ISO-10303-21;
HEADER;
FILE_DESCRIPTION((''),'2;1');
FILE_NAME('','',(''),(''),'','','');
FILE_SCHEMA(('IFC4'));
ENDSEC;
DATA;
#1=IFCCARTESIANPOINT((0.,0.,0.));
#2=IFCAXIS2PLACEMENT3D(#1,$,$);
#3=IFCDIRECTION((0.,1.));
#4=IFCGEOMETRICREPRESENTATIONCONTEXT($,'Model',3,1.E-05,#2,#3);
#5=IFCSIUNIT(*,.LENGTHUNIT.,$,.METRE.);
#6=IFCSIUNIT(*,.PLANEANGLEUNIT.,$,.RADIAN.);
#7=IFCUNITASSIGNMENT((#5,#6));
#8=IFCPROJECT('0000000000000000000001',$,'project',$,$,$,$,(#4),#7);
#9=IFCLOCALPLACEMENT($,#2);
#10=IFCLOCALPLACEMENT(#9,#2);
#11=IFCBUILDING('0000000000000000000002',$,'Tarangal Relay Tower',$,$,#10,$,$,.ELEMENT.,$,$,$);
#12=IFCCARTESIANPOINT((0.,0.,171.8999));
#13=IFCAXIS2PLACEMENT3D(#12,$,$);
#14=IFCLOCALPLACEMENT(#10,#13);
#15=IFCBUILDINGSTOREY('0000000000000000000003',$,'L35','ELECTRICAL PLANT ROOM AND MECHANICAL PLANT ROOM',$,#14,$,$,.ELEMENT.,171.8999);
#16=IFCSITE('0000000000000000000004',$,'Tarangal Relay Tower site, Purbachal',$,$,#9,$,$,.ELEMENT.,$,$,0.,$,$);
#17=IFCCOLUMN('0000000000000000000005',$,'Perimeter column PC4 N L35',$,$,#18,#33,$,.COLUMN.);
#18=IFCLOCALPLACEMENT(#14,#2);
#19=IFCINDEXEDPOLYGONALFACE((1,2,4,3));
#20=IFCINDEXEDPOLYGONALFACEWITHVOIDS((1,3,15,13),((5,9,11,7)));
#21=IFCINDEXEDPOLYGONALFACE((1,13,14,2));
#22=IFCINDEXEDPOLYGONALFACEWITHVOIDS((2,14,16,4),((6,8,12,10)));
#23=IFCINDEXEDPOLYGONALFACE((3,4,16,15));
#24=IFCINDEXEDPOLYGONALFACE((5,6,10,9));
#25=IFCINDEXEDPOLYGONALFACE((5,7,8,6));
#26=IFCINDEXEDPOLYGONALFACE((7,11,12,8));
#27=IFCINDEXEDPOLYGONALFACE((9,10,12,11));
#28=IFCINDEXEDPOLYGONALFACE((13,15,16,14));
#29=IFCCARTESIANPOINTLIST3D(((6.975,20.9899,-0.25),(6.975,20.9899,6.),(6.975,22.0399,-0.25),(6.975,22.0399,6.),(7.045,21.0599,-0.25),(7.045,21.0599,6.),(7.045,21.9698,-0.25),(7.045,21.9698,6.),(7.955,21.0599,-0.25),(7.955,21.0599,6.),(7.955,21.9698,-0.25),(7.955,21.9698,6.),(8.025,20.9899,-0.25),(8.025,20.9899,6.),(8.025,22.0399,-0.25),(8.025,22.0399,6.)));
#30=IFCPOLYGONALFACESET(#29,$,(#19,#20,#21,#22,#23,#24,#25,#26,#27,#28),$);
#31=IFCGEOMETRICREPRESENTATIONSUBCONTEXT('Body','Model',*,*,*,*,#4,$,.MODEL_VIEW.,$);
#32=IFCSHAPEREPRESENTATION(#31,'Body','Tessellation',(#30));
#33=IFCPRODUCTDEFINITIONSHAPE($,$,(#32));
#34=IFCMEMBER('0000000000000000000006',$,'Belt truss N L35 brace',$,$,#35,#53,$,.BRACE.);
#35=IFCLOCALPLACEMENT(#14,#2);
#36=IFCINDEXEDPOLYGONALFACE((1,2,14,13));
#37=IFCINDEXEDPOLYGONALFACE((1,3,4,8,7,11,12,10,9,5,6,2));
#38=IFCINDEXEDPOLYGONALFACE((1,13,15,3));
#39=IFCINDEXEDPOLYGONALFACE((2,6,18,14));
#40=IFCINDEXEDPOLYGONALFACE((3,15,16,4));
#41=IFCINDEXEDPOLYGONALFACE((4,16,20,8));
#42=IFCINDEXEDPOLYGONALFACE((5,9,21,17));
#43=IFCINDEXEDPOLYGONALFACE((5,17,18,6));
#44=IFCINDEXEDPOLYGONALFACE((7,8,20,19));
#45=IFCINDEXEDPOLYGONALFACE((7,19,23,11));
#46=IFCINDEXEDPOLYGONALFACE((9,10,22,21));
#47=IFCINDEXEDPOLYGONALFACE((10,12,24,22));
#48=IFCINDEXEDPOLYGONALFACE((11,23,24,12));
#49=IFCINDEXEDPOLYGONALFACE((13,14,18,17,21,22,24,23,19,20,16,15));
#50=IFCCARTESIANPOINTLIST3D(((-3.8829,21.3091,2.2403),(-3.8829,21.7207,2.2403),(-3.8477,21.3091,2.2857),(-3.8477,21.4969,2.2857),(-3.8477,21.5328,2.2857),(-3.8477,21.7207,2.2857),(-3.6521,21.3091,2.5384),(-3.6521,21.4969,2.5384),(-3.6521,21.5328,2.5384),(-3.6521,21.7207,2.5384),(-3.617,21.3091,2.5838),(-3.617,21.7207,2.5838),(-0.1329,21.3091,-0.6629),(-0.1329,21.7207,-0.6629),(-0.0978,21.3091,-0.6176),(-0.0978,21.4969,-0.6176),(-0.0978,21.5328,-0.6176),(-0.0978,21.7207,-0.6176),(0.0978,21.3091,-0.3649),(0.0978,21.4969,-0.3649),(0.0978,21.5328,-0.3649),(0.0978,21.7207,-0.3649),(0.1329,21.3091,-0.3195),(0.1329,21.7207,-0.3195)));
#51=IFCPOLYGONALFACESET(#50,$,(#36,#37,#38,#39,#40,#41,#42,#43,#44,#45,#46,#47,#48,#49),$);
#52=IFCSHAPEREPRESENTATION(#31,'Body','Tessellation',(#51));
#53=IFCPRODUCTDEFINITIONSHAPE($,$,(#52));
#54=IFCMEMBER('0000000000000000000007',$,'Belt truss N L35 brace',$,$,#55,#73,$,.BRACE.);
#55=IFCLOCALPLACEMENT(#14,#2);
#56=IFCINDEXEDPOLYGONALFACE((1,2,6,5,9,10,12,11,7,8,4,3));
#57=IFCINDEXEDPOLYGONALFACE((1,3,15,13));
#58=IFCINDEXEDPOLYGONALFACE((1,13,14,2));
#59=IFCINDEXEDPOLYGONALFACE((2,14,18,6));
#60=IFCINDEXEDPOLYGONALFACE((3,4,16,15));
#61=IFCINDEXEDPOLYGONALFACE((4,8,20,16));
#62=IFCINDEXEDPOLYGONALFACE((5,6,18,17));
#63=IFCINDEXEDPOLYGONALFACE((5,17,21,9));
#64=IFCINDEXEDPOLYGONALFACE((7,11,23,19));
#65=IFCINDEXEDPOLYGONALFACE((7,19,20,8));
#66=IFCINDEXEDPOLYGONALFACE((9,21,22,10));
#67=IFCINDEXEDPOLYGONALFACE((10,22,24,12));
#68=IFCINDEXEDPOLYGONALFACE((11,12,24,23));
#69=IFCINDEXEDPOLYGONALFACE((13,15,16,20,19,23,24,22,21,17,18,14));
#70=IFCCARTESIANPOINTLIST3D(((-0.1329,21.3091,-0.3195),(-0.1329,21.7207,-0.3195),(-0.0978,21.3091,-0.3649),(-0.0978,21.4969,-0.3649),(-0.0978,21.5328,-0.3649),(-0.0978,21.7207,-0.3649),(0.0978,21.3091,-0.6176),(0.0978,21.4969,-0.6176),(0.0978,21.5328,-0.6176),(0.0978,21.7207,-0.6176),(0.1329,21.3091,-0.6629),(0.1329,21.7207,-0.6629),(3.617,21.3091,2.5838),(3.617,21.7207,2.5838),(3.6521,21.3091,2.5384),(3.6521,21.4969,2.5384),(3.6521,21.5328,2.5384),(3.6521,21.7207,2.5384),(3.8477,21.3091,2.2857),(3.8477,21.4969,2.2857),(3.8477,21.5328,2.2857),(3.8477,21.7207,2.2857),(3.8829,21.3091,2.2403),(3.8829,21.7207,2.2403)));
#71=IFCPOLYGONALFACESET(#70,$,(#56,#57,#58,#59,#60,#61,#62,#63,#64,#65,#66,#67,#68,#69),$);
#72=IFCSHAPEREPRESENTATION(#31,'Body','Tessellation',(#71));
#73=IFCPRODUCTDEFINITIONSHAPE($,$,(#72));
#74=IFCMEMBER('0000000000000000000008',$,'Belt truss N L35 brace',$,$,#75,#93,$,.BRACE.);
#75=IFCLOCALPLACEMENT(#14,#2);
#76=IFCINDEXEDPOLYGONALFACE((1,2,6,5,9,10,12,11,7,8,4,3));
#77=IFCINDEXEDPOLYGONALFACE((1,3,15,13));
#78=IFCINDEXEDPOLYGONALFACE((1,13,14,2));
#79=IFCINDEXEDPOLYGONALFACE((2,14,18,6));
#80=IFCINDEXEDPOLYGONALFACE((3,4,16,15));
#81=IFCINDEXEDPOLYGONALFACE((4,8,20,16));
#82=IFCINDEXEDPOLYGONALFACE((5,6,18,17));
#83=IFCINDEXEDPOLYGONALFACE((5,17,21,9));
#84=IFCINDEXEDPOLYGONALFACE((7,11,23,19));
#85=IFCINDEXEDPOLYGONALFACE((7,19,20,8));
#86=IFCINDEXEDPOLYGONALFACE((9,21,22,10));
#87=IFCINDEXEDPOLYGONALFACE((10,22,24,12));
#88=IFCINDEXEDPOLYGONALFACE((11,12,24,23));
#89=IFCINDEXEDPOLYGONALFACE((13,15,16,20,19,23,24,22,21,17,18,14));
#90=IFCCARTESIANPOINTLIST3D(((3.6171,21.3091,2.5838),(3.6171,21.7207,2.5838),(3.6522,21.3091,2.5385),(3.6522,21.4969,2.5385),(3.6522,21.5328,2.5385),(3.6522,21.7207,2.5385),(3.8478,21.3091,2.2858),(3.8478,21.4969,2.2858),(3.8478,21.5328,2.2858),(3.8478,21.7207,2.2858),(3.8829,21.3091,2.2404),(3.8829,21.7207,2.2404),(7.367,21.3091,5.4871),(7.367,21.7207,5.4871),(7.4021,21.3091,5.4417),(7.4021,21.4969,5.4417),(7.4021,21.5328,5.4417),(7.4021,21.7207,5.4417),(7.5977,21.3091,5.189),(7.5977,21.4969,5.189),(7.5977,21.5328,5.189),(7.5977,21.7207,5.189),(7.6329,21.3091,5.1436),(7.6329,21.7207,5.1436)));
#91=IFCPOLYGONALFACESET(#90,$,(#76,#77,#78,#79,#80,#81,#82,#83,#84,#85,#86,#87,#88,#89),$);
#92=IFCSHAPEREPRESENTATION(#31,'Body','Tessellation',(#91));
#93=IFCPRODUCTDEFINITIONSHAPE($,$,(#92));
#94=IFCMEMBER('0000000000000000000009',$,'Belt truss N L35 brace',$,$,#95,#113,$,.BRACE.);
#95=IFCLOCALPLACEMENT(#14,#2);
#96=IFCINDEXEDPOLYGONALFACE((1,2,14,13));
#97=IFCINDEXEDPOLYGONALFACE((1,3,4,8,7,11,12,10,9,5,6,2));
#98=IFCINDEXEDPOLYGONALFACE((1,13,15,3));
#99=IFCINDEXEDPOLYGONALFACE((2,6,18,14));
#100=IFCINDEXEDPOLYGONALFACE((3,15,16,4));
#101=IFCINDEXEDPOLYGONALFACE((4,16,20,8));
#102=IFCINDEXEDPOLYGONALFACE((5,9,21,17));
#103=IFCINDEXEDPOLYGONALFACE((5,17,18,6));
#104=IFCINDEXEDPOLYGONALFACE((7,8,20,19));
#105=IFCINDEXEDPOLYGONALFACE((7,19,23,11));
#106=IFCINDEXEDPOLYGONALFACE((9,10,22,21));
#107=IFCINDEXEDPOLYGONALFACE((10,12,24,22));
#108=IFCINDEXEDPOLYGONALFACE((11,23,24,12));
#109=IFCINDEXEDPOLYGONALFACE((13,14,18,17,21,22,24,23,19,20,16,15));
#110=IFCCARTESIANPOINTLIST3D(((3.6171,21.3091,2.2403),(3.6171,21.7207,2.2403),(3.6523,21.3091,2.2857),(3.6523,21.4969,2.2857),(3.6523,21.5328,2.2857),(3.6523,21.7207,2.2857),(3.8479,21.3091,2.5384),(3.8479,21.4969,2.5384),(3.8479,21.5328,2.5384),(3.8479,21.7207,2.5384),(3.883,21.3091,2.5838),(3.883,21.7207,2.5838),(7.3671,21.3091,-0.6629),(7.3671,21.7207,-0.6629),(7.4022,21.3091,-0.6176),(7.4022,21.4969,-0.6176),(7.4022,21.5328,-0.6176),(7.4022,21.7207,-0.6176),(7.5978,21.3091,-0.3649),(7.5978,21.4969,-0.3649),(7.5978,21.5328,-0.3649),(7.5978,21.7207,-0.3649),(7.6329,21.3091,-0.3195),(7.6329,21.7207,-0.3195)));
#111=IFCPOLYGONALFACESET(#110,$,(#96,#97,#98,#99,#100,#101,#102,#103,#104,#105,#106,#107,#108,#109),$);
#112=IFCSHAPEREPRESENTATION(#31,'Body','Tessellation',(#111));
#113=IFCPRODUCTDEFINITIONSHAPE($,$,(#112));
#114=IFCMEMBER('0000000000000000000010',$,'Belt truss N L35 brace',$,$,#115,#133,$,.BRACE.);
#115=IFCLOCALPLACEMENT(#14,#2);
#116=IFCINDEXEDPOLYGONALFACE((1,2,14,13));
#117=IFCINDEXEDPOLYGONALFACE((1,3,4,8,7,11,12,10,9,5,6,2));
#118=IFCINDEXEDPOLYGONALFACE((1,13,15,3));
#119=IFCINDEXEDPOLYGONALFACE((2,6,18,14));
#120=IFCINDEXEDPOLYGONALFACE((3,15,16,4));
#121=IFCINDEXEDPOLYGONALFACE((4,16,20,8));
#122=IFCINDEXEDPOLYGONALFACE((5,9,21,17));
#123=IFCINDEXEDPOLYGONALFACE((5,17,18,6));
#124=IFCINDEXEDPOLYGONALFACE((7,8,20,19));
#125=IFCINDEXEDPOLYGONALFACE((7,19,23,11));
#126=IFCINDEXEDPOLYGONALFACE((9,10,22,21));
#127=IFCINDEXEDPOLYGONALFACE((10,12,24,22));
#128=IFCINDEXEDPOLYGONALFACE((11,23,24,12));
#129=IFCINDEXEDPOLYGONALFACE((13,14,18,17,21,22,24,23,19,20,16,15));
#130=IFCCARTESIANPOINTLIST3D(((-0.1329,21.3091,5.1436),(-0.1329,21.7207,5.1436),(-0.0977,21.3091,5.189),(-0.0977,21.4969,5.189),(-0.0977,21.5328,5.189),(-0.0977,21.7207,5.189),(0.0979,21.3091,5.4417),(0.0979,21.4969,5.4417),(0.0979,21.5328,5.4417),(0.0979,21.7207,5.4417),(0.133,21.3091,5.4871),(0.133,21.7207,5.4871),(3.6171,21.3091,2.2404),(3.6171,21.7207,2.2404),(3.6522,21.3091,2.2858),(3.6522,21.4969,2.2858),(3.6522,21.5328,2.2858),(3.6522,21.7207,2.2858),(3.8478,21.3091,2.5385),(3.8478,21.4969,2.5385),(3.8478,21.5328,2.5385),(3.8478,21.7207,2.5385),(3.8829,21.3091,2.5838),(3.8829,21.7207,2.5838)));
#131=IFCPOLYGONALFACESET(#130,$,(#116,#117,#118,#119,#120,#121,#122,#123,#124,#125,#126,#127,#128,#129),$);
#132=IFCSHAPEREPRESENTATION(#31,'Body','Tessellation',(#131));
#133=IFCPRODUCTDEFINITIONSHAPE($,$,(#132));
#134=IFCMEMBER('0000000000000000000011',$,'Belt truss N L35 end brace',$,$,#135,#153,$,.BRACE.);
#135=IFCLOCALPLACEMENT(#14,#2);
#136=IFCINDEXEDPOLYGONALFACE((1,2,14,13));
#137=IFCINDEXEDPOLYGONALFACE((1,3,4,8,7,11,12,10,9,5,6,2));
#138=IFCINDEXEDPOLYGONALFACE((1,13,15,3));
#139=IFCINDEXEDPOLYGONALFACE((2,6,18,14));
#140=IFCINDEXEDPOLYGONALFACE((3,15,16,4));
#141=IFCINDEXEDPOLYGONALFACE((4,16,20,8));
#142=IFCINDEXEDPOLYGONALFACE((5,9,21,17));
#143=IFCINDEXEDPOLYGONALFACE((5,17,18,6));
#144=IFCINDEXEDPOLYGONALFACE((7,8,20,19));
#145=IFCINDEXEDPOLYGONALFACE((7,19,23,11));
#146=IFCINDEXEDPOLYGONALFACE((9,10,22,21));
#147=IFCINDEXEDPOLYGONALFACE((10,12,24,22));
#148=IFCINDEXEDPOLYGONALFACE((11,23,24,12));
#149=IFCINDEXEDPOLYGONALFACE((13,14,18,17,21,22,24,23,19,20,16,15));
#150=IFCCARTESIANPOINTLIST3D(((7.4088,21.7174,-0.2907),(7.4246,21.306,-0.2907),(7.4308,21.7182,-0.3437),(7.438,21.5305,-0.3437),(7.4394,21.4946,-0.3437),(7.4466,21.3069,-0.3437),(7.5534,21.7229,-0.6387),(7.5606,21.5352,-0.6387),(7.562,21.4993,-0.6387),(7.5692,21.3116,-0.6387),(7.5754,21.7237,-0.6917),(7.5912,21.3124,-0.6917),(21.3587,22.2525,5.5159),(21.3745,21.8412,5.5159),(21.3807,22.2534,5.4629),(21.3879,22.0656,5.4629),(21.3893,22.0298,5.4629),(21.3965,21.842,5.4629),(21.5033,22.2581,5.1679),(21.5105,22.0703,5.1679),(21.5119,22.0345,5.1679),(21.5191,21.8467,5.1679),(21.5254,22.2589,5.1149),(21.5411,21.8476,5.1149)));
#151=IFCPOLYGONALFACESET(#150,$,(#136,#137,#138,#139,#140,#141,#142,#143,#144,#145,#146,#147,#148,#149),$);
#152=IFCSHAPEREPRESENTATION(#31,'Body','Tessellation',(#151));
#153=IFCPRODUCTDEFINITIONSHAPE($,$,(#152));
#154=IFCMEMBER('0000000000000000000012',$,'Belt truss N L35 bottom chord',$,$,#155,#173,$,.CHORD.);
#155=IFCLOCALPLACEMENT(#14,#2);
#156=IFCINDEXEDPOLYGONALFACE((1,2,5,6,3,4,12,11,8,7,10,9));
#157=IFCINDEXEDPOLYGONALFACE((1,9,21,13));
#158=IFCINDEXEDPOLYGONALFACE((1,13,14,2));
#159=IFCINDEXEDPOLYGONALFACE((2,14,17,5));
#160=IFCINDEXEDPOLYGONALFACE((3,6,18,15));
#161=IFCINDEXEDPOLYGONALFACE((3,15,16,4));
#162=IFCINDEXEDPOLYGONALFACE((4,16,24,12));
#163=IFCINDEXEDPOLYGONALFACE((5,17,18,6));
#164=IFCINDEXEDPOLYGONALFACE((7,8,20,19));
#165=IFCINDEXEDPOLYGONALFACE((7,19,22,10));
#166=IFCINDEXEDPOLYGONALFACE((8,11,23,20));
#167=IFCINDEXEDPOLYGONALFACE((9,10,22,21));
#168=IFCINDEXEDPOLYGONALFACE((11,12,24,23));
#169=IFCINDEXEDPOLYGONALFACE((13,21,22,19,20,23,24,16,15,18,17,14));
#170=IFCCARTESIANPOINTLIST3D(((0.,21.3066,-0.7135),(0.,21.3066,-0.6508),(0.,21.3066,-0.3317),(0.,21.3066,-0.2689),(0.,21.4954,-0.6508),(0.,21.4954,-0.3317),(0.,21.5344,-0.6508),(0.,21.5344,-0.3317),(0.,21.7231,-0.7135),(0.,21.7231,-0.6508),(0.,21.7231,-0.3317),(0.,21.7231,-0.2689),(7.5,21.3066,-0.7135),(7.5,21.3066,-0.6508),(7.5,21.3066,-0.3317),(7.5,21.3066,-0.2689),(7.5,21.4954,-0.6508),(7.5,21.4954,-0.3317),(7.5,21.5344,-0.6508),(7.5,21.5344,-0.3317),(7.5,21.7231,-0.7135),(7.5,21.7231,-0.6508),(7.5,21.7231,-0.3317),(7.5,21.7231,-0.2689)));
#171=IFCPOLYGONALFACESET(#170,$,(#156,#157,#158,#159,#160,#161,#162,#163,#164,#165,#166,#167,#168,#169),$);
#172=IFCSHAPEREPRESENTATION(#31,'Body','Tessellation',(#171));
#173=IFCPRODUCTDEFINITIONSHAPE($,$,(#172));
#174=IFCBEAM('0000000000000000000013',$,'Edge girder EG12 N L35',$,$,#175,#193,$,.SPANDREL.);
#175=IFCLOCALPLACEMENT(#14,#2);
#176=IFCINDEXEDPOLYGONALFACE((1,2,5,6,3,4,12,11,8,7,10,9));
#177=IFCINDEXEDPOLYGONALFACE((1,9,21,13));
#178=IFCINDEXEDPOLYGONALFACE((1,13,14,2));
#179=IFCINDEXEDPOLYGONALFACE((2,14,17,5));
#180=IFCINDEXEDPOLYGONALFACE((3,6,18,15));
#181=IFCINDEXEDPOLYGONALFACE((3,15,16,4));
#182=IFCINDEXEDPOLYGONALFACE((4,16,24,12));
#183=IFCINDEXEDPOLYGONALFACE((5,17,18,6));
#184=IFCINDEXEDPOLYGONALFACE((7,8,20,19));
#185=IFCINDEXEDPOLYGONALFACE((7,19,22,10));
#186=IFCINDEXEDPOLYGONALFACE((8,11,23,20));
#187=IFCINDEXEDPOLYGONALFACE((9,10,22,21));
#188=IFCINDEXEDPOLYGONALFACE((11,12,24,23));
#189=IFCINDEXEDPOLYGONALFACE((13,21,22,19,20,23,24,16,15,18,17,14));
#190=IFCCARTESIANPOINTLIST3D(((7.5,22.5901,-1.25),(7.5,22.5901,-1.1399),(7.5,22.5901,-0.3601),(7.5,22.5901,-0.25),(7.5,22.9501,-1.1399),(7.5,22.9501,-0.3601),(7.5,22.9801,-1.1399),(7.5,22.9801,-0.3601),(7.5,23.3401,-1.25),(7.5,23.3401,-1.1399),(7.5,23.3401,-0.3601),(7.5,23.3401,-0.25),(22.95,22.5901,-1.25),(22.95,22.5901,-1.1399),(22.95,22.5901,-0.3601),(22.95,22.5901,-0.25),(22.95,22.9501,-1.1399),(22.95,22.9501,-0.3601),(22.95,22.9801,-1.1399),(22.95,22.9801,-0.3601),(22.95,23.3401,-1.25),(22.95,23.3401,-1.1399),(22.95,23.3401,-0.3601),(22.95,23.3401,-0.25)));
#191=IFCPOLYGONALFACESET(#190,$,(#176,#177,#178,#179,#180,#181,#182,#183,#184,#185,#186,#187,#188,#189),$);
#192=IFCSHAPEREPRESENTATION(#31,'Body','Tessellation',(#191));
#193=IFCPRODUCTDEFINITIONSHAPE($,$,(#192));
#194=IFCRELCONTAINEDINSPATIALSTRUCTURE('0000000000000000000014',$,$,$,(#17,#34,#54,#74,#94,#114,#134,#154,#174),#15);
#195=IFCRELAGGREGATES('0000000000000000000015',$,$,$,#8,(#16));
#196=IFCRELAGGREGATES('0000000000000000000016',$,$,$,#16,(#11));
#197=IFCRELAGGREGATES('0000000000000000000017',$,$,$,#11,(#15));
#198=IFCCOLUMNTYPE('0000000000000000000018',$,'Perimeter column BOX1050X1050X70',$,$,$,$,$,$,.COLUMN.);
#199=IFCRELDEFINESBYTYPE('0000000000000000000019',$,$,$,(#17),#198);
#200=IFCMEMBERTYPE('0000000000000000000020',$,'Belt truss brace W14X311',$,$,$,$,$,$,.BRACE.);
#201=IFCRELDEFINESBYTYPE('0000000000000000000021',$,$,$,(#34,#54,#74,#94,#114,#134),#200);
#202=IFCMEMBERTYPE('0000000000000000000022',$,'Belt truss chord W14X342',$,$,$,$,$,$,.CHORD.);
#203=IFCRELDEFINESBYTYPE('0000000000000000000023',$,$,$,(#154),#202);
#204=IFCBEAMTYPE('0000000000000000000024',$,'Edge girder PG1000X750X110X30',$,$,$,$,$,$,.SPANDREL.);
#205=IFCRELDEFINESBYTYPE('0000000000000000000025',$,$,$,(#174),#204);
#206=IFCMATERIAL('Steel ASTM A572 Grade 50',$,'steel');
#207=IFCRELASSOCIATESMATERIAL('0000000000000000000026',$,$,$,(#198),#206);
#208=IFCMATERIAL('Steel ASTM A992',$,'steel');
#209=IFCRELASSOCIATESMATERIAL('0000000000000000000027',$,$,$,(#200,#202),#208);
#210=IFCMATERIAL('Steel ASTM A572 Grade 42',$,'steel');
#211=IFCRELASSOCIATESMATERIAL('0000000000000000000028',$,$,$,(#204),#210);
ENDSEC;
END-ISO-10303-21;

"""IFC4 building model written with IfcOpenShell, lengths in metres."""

from ifc_helpers import new_model, si_unit, direction, frame, origin, origin_2d, place, context, subcontext, project, spatial, hollow_rectangle, i_section, extrude, material, material_profile, profile_set, type_object, element, save


model = new_model("IFC4")

# Units and contexts
model_context = context("Model", 3, precision=1e-05, world=origin(), true_north=direction((0.0, 1.0)))
body_context = subcontext(model_context, "Body", "Model", "MODEL_VIEW")
ifc_project = project(units=[si_unit("LENGTHUNIT", "METRE"), si_unit("PLANEANGLEUNIT", "RADIAN")], contexts=[model_context])

# Site, building, storey
site_placement = place(None, origin())
site = spatial("IfcSite", under=ifc_project, at=site_placement, Name="Tarangal Relay Tower site, Purbachal", CompositionType="ELEMENT", RefElevation=0.0)
building_placement = place(site_placement, origin())
building = spatial("IfcBuilding", under=site, at=building_placement, Name="Tarangal Relay Tower", CompositionType="ELEMENT")
storey_placement = place(building_placement, frame((0.0, 0.0, 171.8999)))
storey = spatial("IfcBuildingStorey", under=building, at=storey_placement, Name="L35", Description="ELECTRICAL PLANT ROOM AND MECHANICAL PLANT ROOM", CompositionType="ELEMENT", Elevation=171.8999)

# Column
ifc_material_1 = material(Name="Steel ASTM A572 Grade 50", Category="steel")
ifc_material_profile_1 = material_profile(ifc_material_1, hollow_rectangle(XDim=1.05, YDim=1.05, WallThickness=0.0701, at=origin_2d()), Name="BOX1050X1050X70")
ifc_profile_set_1 = profile_set([ifc_material_profile_1], Name="Steel ASTM A572 Grade 50")
column_type = type_object("IfcColumnType", Name="Perimeter column BOX1050X1050X70", PredefinedType="COLUMN", material=ifc_profile_set_1)
column_placement = place(storey_placement, frame((7.5, 21.5149, -0.25), z_axis=(0.0, 0.0, 1.0), x_axis=(1.0, 0.0, 0.0)))
element("IfcColumn", 1, at=column_placement, inside=storey, type_object=column_type, Name="Perimeter column PC4 N L35", PredefinedType="COLUMN", context=body_context, shape_type="SweptSolid", body=[
    extrude(hollow_rectangle(XDim=1.05, YDim=1.05, WallThickness=0.0701, at=origin_2d()), origin(), (0.0, 0.0, 1.0), 6.25),
])

# Members
ifc_material_2 = material(Name="Steel ASTM A992", Category="steel")
ifc_material_profile_2 = material_profile(ifc_material_2, i_section(OverallWidth=0.4116, OverallDepth=0.4343, WebThickness=0.0359, FlangeThickness=0.0574, at=origin_2d()), Name="W14X311")
ifc_profile_set_2 = profile_set([ifc_material_profile_2], Name="Steel ASTM A992")
member_type_1 = type_object("IfcMemberType", Name="Belt truss brace W14X311", PredefinedType="BRACE", material=ifc_profile_set_2)
for number, where, z_axis, x_axis, name in (
    (2, (0.0, 21.5149, -0.4912), (-0.790714, 0.0, 0.612186), (0.0, -1.0, 0.0), "Belt truss N L35 brace"),
    (3, (0.0, 21.5149, -0.4912), (0.790714, 0.0, 0.612186), (0.0, 1.0, 0.0), "Belt truss N L35 brace"),
    (4, (3.75, 21.5149, 2.4121), (0.790714, 0.0, 0.612186), (0.0, 1.0, 0.0), "Belt truss N L35 brace"),
    (5, (7.5, 21.5149, -0.4912), (-0.790714, 0.0, 0.612186), (0.0, -1.0, 0.0), "Belt truss N L35 brace"),
    (6, (3.75, 21.5149, 2.4121), (-0.790714, 0.0, 0.612186), (0.0, -1.0, 0.0), "Belt truss N L35 brace"),
):
    element("IfcMember", number, at=place(storey_placement, frame(where, z_axis=z_axis, x_axis=x_axis)), inside=storey, type_object=member_type_1, Name=name, PredefinedType="BRACE", context=body_context, shape_type="SweptSolid", body=[
        extrude(i_section(OverallWidth=0.4116, OverallDepth=0.4343, WebThickness=0.0359, FlangeThickness=0.0574, at=origin_2d()), origin(), (0.0, 0.0, 1.0), 4.7424),
    ])
member_1_placement = place(storey_placement, frame((7.5, 21.5149, -0.4912), z_axis=(0.922636, 0.035395, 0.384045), x_axis=(-0.038334, 0.999265, 0.0)))
element("IfcMember", 7, at=member_1_placement, inside=storey, type_object=member_type_1, Name="Belt truss N L35 end brace", PredefinedType="BRACE", context=body_context, shape_type="SweptSolid", body=[
    extrude(i_section(OverallWidth=0.4116, OverallDepth=0.4343, WebThickness=0.0359, FlangeThickness=0.0574, at=origin_2d()), origin(), (0.0, 0.0, 1.0), 15.1196),
])
ifc_material_profile_3 = material_profile(ifc_material_2, i_section(OverallWidth=0.4165, OverallDepth=0.4446, WebThickness=0.0391, FlangeThickness=0.0627, at=origin_2d()), Name="W14X342")
ifc_profile_set_3 = profile_set([ifc_material_profile_3], Name="Steel ASTM A992")
member_type_2 = type_object("IfcMemberType", Name="Belt truss chord W14X342", PredefinedType="CHORD", material=ifc_profile_set_3)
member_2_placement = place(storey_placement, frame((0.0, 21.5149, -0.4912), z_axis=(1.0, 0.0, 0.0), x_axis=(0.0, 1.0, 0.0)))
element("IfcMember", 8, at=member_2_placement, inside=storey, type_object=member_type_2, Name="Belt truss N L35 bottom chord", PredefinedType="CHORD", context=body_context, shape_type="SweptSolid", body=[
    extrude(i_section(OverallWidth=0.4165, OverallDepth=0.4446, WebThickness=0.0391, FlangeThickness=0.0627, at=origin_2d()), origin(), (0.0, 0.0, 1.0), 7.5),
])

# Beam
ifc_material_3 = material(Name="Steel ASTM A572 Grade 42", Category="steel")
ifc_material_profile_4 = material_profile(ifc_material_3, i_section(OverallWidth=0.75, OverallDepth=1.0, WebThickness=0.03, FlangeThickness=0.1101, at=origin_2d()), Name="PG1000X750X110X30")
ifc_profile_set_4 = profile_set([ifc_material_profile_4], Name="Steel ASTM A572 Grade 42")
beam_type_1 = type_object("IfcBeamType", Name="Edge girder PG1000X750X110X30", PredefinedType="SPANDREL", material=ifc_profile_set_4)
beam_placement = place(storey_placement, frame((7.5, 22.9651, -0.75), z_axis=(1.0, 0.0, 0.0), x_axis=(0.0, 1.0, 0.0)))
element("IfcBeam", 9, at=beam_placement, inside=storey, type_object=beam_type_1, Name="Edge girder EG12 N L35", PredefinedType="SPANDREL", context=body_context, shape_type="SweptSolid", body=[
    extrude(i_section(OverallWidth=0.75, OverallDepth=1.0, WebThickness=0.03, FlangeThickness=0.1101, at=origin_2d()), origin(), (0.0, 0.0, 1.0), 15.45),
])

save(model, "model.ifc")
